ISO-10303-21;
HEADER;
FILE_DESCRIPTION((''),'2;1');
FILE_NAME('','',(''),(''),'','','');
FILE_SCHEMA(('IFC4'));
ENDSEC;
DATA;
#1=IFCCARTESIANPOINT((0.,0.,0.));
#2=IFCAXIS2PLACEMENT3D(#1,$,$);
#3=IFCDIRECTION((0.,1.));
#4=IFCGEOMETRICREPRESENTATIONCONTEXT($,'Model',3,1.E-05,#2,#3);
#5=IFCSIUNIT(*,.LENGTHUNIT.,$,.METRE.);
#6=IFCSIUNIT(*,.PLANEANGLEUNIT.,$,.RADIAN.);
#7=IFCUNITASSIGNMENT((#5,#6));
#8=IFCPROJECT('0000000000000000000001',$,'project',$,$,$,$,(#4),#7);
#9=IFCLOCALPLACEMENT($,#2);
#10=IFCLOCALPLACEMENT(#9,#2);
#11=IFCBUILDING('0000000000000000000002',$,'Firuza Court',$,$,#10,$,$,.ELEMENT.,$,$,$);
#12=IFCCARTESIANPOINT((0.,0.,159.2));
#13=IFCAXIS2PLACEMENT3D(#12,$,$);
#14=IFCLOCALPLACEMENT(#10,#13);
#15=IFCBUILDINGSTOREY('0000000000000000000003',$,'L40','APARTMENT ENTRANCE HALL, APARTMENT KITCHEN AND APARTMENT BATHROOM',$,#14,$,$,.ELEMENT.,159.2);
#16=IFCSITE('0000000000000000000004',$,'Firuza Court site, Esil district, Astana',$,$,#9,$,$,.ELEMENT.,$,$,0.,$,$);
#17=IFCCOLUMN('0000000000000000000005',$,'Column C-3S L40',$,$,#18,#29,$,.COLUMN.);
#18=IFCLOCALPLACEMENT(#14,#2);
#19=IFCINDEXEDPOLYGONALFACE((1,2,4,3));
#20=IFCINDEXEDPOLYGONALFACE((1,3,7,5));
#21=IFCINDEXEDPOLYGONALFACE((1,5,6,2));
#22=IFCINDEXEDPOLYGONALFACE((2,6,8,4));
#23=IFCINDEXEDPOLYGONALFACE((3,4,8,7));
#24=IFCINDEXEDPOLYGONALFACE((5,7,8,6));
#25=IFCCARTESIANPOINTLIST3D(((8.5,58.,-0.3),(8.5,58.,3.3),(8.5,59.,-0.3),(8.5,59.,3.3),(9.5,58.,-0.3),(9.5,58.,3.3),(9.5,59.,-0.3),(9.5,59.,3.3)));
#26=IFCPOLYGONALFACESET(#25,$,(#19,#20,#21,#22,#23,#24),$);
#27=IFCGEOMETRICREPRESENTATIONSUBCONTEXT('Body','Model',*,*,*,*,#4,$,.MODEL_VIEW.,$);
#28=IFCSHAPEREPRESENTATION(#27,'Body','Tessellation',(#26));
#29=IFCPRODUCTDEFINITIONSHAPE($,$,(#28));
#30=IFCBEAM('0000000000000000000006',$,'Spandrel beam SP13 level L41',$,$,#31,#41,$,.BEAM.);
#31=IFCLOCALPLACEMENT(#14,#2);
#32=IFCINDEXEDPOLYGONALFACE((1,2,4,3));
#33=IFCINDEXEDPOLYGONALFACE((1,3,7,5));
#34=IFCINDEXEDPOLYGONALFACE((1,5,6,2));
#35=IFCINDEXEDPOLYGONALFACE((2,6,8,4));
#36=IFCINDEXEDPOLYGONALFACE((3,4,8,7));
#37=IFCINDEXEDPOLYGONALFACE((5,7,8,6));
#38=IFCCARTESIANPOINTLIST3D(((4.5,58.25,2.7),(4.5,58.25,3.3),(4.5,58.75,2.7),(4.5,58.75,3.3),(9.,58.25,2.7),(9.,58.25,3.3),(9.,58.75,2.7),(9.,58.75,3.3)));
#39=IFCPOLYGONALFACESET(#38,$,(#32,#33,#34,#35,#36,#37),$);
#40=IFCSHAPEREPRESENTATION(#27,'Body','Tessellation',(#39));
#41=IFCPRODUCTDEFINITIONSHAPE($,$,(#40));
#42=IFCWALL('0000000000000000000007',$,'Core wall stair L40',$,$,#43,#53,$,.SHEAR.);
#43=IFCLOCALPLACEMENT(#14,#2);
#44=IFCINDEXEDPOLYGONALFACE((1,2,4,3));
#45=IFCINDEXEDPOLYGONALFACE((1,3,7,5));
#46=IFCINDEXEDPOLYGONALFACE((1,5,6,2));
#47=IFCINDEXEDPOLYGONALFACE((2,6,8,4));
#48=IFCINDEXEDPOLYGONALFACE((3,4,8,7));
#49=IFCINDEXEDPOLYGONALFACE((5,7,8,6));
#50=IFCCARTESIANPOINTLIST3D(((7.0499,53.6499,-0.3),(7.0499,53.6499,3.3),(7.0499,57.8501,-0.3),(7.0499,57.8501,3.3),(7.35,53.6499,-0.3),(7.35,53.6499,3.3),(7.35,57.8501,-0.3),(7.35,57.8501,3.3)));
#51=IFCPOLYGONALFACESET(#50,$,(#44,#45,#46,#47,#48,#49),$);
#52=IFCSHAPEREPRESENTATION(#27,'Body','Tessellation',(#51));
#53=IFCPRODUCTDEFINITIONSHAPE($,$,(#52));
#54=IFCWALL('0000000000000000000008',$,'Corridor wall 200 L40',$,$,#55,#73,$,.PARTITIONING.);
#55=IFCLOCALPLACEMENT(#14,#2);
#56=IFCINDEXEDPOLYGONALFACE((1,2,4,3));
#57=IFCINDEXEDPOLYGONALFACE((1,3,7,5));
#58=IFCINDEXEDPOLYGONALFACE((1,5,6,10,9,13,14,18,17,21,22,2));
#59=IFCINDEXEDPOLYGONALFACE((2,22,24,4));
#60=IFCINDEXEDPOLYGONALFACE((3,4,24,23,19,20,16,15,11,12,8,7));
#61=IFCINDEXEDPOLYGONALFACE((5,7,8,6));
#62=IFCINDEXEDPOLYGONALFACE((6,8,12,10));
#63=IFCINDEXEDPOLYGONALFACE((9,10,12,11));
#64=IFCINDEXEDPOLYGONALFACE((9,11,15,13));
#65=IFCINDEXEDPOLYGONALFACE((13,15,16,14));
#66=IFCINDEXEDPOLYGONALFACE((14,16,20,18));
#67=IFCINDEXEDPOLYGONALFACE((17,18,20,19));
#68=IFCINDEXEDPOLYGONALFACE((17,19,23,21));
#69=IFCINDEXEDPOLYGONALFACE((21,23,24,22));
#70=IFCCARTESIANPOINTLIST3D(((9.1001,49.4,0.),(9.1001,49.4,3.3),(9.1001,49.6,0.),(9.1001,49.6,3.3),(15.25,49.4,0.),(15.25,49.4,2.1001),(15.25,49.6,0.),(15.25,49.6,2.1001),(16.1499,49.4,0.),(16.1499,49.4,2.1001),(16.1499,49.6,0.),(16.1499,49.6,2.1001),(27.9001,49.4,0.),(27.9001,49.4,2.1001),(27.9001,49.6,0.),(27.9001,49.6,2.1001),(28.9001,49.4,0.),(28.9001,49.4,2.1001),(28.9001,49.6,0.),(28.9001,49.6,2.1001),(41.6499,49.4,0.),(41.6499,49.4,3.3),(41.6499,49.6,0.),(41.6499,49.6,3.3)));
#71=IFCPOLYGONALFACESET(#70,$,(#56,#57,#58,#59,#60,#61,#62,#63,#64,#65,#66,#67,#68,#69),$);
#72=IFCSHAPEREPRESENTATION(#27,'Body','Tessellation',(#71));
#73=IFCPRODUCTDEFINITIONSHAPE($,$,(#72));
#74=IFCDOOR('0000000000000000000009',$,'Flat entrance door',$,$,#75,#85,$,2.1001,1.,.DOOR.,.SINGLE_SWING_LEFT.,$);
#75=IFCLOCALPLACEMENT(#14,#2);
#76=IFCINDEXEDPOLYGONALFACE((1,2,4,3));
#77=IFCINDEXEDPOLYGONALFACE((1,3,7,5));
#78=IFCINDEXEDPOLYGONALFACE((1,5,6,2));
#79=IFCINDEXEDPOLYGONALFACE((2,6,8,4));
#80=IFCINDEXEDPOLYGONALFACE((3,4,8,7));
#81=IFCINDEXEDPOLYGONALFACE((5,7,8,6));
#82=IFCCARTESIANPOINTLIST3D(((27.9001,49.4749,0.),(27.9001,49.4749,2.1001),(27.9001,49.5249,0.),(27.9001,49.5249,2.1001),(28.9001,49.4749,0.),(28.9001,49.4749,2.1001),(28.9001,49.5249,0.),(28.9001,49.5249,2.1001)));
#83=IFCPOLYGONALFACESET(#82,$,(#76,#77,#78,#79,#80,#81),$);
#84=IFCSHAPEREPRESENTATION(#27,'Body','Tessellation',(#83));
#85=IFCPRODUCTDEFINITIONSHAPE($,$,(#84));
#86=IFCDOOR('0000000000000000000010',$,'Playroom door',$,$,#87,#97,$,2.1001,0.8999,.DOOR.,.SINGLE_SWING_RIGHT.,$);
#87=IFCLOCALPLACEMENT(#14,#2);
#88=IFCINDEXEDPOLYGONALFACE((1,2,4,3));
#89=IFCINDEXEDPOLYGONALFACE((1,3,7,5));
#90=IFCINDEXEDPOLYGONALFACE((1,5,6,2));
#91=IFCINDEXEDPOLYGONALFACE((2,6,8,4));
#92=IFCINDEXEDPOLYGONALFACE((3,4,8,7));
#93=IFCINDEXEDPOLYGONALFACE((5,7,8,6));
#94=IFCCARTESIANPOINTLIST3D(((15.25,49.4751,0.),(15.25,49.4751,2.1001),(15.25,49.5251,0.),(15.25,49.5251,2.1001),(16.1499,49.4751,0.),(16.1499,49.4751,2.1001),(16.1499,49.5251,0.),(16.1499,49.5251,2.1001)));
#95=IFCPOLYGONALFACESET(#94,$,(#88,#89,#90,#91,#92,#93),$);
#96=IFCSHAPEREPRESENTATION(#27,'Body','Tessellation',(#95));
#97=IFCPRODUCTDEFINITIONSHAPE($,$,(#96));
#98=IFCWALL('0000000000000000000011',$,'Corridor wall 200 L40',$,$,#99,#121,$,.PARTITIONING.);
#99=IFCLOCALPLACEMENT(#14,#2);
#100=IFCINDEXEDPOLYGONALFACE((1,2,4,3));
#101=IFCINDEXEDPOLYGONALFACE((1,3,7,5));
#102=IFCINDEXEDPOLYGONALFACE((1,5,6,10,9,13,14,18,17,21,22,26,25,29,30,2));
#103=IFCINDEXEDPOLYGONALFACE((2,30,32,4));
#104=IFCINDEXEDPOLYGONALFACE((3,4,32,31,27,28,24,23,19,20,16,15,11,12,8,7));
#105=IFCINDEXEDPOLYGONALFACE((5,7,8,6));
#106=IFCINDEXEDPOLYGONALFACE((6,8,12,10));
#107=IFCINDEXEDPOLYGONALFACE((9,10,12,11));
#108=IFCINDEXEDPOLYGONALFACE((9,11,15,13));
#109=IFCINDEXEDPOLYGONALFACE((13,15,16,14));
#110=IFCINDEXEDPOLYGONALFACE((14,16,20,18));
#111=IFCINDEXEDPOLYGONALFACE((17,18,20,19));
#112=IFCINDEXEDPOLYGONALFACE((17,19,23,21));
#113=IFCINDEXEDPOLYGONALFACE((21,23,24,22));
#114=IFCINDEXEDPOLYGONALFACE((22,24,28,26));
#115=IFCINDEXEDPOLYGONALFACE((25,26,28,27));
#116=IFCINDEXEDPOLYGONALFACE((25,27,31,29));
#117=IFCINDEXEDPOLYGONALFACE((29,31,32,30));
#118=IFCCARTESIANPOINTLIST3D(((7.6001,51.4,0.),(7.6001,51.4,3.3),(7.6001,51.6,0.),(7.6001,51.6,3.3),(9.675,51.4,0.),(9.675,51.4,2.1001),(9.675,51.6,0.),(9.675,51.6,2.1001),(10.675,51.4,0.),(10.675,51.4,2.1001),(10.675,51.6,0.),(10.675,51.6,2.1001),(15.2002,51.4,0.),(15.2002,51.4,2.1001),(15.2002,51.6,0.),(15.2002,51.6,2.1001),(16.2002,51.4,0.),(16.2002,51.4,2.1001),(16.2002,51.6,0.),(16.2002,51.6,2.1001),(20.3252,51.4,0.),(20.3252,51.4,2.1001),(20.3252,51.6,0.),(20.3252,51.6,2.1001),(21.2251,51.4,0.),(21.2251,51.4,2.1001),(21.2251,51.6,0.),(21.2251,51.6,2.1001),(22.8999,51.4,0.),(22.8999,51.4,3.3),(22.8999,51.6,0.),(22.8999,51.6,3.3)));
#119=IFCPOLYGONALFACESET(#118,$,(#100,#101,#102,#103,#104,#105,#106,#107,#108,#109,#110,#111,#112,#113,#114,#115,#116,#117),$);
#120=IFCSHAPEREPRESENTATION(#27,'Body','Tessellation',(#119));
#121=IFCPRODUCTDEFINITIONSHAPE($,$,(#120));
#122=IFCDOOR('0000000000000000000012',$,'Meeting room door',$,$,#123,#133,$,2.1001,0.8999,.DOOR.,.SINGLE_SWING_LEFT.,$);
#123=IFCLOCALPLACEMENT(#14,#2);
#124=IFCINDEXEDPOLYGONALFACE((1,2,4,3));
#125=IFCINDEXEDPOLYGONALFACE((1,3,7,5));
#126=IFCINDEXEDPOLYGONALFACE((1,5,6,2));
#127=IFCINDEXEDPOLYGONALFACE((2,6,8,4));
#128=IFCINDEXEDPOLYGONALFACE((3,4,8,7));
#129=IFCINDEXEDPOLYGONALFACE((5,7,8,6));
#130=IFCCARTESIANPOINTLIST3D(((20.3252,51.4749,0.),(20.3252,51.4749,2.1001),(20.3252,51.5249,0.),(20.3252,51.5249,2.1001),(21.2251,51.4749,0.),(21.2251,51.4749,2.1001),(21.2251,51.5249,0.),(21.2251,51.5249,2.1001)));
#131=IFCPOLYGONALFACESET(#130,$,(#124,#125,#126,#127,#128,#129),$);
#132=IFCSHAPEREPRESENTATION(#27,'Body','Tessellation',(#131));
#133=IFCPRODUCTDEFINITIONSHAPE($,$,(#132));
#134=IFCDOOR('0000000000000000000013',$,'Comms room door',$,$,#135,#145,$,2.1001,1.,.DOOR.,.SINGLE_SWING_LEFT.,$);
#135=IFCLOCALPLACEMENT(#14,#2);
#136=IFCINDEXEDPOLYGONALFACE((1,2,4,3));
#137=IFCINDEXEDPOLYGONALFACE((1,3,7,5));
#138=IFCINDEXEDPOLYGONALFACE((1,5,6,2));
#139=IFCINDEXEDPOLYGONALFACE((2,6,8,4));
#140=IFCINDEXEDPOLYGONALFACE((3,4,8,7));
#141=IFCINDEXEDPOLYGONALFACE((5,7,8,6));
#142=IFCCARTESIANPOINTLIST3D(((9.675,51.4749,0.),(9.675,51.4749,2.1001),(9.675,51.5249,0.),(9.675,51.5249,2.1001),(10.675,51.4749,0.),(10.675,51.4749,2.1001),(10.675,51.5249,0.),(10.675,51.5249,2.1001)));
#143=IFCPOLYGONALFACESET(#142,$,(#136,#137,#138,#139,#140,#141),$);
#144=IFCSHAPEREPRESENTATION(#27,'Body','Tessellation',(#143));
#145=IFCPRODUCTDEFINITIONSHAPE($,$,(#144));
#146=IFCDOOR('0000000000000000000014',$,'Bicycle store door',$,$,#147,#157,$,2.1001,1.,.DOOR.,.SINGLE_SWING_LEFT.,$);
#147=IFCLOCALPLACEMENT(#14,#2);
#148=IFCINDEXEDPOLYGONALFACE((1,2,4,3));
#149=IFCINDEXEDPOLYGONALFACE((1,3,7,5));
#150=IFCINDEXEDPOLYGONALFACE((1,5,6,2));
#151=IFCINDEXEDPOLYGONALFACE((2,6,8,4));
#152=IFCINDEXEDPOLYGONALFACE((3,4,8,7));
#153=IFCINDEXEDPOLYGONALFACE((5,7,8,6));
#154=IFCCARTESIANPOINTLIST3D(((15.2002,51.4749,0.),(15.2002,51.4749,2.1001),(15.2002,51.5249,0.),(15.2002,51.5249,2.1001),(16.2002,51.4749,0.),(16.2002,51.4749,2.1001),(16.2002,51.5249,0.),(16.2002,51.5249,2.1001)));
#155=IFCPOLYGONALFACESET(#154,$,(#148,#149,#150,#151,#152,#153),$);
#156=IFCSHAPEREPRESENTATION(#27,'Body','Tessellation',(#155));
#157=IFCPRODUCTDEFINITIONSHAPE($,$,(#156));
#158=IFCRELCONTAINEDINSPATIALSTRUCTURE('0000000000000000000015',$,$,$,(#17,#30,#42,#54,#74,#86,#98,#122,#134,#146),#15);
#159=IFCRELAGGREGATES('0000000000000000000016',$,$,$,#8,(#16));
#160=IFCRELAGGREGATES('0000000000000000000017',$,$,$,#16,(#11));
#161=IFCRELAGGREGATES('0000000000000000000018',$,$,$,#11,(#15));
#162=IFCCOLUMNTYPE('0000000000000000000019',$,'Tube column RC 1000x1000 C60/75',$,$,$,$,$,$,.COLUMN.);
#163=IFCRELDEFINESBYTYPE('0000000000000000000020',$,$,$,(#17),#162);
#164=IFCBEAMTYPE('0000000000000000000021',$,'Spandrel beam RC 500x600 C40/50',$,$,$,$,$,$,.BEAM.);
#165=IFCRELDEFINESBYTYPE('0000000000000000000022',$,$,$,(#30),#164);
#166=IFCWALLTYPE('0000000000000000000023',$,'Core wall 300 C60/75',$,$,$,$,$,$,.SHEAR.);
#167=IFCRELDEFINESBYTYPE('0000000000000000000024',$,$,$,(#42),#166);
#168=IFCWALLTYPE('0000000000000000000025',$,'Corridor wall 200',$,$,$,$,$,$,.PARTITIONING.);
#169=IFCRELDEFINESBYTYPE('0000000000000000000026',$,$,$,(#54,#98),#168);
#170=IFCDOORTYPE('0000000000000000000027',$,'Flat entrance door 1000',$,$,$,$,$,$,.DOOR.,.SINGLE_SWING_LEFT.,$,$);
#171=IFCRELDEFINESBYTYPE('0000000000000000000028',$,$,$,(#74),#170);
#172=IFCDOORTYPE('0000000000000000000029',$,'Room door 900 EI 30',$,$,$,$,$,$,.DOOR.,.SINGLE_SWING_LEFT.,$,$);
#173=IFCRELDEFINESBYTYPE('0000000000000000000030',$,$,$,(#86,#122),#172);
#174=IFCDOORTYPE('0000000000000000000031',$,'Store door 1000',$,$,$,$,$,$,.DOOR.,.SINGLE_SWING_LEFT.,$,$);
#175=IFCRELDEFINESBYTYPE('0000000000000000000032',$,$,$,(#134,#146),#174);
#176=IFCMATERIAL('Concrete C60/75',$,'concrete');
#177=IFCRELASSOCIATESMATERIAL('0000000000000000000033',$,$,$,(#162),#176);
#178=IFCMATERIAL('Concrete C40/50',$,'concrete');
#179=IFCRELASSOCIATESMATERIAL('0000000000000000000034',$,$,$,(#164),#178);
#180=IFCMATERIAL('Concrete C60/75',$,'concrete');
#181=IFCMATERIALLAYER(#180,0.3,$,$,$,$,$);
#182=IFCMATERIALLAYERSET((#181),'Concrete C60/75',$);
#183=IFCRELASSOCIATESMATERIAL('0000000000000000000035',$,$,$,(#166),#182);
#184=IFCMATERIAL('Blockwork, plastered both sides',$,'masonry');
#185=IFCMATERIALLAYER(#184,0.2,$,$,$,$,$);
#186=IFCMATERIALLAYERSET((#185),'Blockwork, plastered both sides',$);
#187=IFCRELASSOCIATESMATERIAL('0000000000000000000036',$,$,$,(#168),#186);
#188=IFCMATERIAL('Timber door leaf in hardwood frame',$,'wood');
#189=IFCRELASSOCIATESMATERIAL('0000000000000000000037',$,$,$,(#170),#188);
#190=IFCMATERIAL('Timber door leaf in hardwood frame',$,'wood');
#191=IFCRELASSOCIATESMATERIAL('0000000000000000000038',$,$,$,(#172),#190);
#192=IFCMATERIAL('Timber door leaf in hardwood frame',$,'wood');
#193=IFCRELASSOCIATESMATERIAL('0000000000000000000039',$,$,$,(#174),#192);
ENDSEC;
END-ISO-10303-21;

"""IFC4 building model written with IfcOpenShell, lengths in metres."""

from ifc_helpers import new_model, si_unit, direction, frame, frame_2d, origin, origin_2d, place, context, subcontext, project, spatial, rectangle, extrude, material, layer, layer_set, material_profile, profile_set, type_object, element, fill, save


model = new_model("IFC4")

# Units and contexts
model_context = context("Model", 3, precision=1e-05, world=origin(), true_north=direction((0.0, 1.0)))
body_context = subcontext(model_context, "Body", "Model", "MODEL_VIEW")
ifc_project = project(units=[si_unit("LENGTHUNIT", "METRE"), si_unit("PLANEANGLEUNIT", "RADIAN")], contexts=[model_context])

# Site, building, storey
site_placement = place(None, origin())
site = spatial("IfcSite", under=ifc_project, at=site_placement, Name="Firuza Court site, Esil district, Astana", CompositionType="ELEMENT", RefElevation=0.0)
building_placement = place(site_placement, origin())
building = spatial("IfcBuilding", under=site, at=building_placement, Name="Firuza Court", CompositionType="ELEMENT")
storey_placement = place(building_placement, frame((0.0, 0.0, 159.2)))
storey = spatial("IfcBuildingStorey", under=building, at=storey_placement, Name="L40", Description="APARTMENT ENTRANCE HALL, APARTMENT KITCHEN AND APARTMENT BATHROOM", CompositionType="ELEMENT", Elevation=159.2)

# Column
ifc_material_1 = material(Name="Concrete C60/75", Category="concrete")
ifc_material_profile_1 = material_profile(ifc_material_1, rectangle(XDim=1.0, YDim=1.0, at=origin_2d()), Name="RC 1000x1000")
ifc_profile_set_1 = profile_set([ifc_material_profile_1], Name="Concrete C60/75")
column_type = type_object("IfcColumnType", Name="Tube column RC 1000x1000 C60/75", PredefinedType="COLUMN", material=ifc_profile_set_1)
column_placement = place(storey_placement, frame((9.0, 58.5, -0.3), z_axis=(0.0, 0.0, 1.0), x_axis=(1.0, 0.0, 0.0)))
element("IfcColumn", 1, at=column_placement, inside=storey, type_object=column_type, Name="Column C-3S L40", PredefinedType="COLUMN", context=body_context, shape_type="SweptSolid", body=[
    extrude(rectangle(XDim=1.0, YDim=1.0, at=origin_2d()), origin(), (0.0, 0.0, 1.0), 3.6001),
])

# Beam
ifc_material_2 = material(Name="Concrete C40/50", Category="concrete")
ifc_material_profile_2 = material_profile(ifc_material_2, rectangle(XDim=0.5, YDim=0.6001, at=origin_2d()), Name="RC 500x600")
ifc_profile_set_2 = profile_set([ifc_material_profile_2], Name="Concrete C40/50")
beam_type = type_object("IfcBeamType", Name="Spandrel beam RC 500x600 C40/50", PredefinedType="BEAM", material=ifc_profile_set_2)
beam_placement = place(storey_placement, frame((9.0, 58.5, 3.0), z_axis=(-1.0, 0.0, 0.0), x_axis=(0.0, -1.0, 0.0)))
element("IfcBeam", 2, at=beam_placement, inside=storey, type_object=beam_type, Name="Spandrel beam SP13 level L41", PredefinedType="BEAM", context=body_context, shape_type="SweptSolid", body=[
    extrude(rectangle(XDim=0.5, YDim=0.6001, at=origin_2d()), origin(), (0.0, 0.0, 1.0), 4.5),
])

# Wall
ifc_material_3 = material(Name="Concrete C60/75", Category="concrete")
ifc_layer_1 = layer(ifc_material_3, 0.3)
ifc_layer_set_1 = layer_set([ifc_layer_1], Name="Concrete C60/75")
wall_type_1 = type_object("IfcWallType", Name="Core wall 300 C60/75", PredefinedType="SHEAR", material=ifc_layer_set_1)
wall_1_placement = place(storey_placement, frame((7.2, 53.6499, -0.3), z_axis=(0.0, 0.0, 1.0), x_axis=(0.0, 1.0, 0.0)))
element("IfcWall", 3, at=wall_1_placement, inside=storey, type_object=wall_type_1, Name="Core wall stair L40", PredefinedType="SHEAR", context=body_context, shape_type="SweptSolid", body=[
    extrude(rectangle(XDim=4.2002, YDim=0.3, at=frame_2d((2.1001, 0.0))), origin(), (0.0, 0.0, 1.0), 3.6001),
])

# Walls, openings, doors
ifc_material_4 = material(Name="Blockwork, plastered both sides", Category="masonry")
ifc_layer_2 = layer(ifc_material_4, 0.2)
ifc_layer_set_2 = layer_set([ifc_layer_2], Name="Blockwork, plastered both sides")
wall_type_2 = type_object("IfcWallType", Name="Corridor wall 200", PredefinedType="PARTITIONING", material=ifc_layer_set_2)
wall_2_placement = place(storey_placement, frame((9.1001, 49.5, 0.0), z_axis=(0.0, 0.0, 1.0), x_axis=(1.0, 0.0, 0.0)))
wall_2 = element("IfcWall", 4, at=wall_2_placement, inside=storey, type_object=wall_type_2, Name="Corridor wall 200 L40", PredefinedType="PARTITIONING", context=body_context, shape_type="SweptSolid", body=[
    extrude(rectangle(XDim=32.5498, YDim=0.2, at=frame_2d((16.2749, 0.0))), origin(), (0.0, 0.0, 1.0), 3.3),
])
opening_1_placement = place(wall_2_placement, frame((18.8, 0.0, 0.0)))
opening_1 = element("IfcOpeningElement", 5, at=opening_1_placement, cuts=wall_2, PredefinedType="OPENING", context=body_context, shape_type="SweptSolid", body=[
    extrude(rectangle(XDim=1.0, YDim=2.1001, at=frame_2d((0.5, 1.05))), frame((0.0, 0.1118, 0.0), z_axis=(0.0, -1.0, 0.0), x_axis=(1.0, 0.0, 0.0)), (0.0, 0.0, 1.0), 0.2239),
])
opening_2_placement = place(wall_2_placement, frame((6.1499, 0.0, 0.0)))
opening_2 = element("IfcOpeningElement", 6, at=opening_2_placement, cuts=wall_2, PredefinedType="OPENING", context=body_context, shape_type="SweptSolid", body=[
    extrude(rectangle(XDim=0.8999, YDim=2.1001, at=frame_2d((0.45, 1.05))), frame((0.0, 0.1118, 0.0), z_axis=(0.0, -1.0, 0.0), x_axis=(1.0, 0.0, 0.0)), (0.0, 0.0, 1.0), 0.2239),
])
ifc_material_5 = material(Name="Timber door leaf in hardwood frame", Category="wood")
door_type_1 = type_object("IfcDoorType", Name="Flat entrance door 1000", OperationType="SINGLE_SWING_LEFT", PredefinedType="DOOR", material=ifc_material_5)
door_1_placement = place(opening_1_placement, origin())
door_1 = element("IfcDoor", 7, at=door_1_placement, inside=storey, type_object=door_type_1, Name="Flat entrance door", OperationType="SINGLE_SWING_LEFT", OverallHeight=2.1001, OverallWidth=1.0, PredefinedType="DOOR", context=body_context, shape_type="SweptSolid", body=[
    extrude(rectangle(XDim=1.0, YDim=2.1001, at=frame_2d((0.5, 1.05))), frame((0.0, 0.0249, 0.0), z_axis=(0.0, -1.0, 0.0), x_axis=(1.0, 0.0, 0.0)), (0.0, 0.0, 1.0), 0.05),
])
fill(opening_1, door_1)
ifc_material_6 = material(Name="Timber door leaf in hardwood frame", Category="wood")
door_type_2 = type_object("IfcDoorType", Name="Room door 900 EI 30", OperationType="SINGLE_SWING_LEFT", PredefinedType="DOOR", material=ifc_material_6)
door_2_placement = place(opening_2_placement, frame((0.8999, 0.0, 0.0), z_axis=(0.0, 0.0, 1.0), x_axis=(-1.0, 0.0, 0.0)))
door_2 = element("IfcDoor", 8, at=door_2_placement, inside=storey, type_object=door_type_2, Name="Playroom door", OperationType="SINGLE_SWING_RIGHT", OverallHeight=2.1001, OverallWidth=0.8999, PredefinedType="DOOR", context=body_context, shape_type="SweptSolid", body=[
    extrude(rectangle(XDim=0.8999, YDim=2.1001, at=frame_2d((0.45, 1.05))), frame((0.0, 0.0249, 0.0), z_axis=(0.0, -1.0, 0.0), x_axis=(1.0, 0.0, 0.0)), (0.0, 0.0, 1.0), 0.05),
])
fill(opening_2, door_2)
wall_3_placement = place(storey_placement, frame((7.6001, 51.5, 0.0), z_axis=(0.0, 0.0, 1.0), x_axis=(1.0, 0.0, 0.0)))
wall_3 = element("IfcWall", 9, at=wall_3_placement, inside=storey, type_object=wall_type_2, Name="Corridor wall 200 L40", PredefinedType="PARTITIONING", context=body_context, shape_type="SweptSolid", body=[
    extrude(rectangle(XDim=15.2998, YDim=0.2, at=frame_2d((7.6499, 0.0))), origin(), (0.0, 0.0, 1.0), 3.3),
])
opening_3_placement = place(wall_3_placement, frame((2.075, 0.0, 0.0)))
opening_3 = element("IfcOpeningElement", 10, at=opening_3_placement, cuts=wall_3, PredefinedType="OPENING", context=body_context, shape_type="SweptSolid", body=[
    extrude(rectangle(XDim=1.0, YDim=2.1001, at=frame_2d((0.5, 1.05))), frame((0.0, 0.1118, 0.0), z_axis=(0.0, -1.0, 0.0), x_axis=(1.0, 0.0, 0.0)), (0.0, 0.0, 1.0), 0.2239),
])
opening_4_placement = place(wall_3_placement, frame((7.6001, 0.0, 0.0)))
opening_4 = element("IfcOpeningElement", 11, at=opening_4_placement, cuts=wall_3, PredefinedType="OPENING", context=body_context, shape_type="SweptSolid", body=[
    extrude(rectangle(XDim=1.0, YDim=2.1001, at=frame_2d((0.5, 1.05))), frame((0.0, 0.1118, 0.0), z_axis=(0.0, -1.0, 0.0), x_axis=(1.0, 0.0, 0.0)), (0.0, 0.0, 1.0), 0.2239),
])
opening_5_placement = place(wall_3_placement, frame((12.7251, 0.0, 0.0)))
opening_5 = element("IfcOpeningElement", 12, at=opening_5_placement, cuts=wall_3, PredefinedType="OPENING", context=body_context, shape_type="SweptSolid", body=[
    extrude(rectangle(XDim=0.8999, YDim=2.1001, at=frame_2d((0.45, 1.05))), frame((0.0, 0.1118, 0.0), z_axis=(0.0, -1.0, 0.0), x_axis=(1.0, 0.0, 0.0)), (0.0, 0.0, 1.0), 0.2239),
])
door_3_placement = place(opening_5_placement, origin())
door_3 = element("IfcDoor", 13, at=door_3_placement, inside=storey, type_object=door_type_2, Name="Meeting room door", OperationType="SINGLE_SWING_LEFT", OverallHeight=2.1001, OverallWidth=0.8999, PredefinedType="DOOR", context=body_context, shape_type="SweptSolid", body=[
    extrude(rectangle(XDim=0.8999, YDim=2.1001, at=frame_2d((0.45, 1.05))), frame((0.0, 0.0249, 0.0), z_axis=(0.0, -1.0, 0.0), x_axis=(1.0, 0.0, 0.0)), (0.0, 0.0, 1.0), 0.05),
])
fill(opening_5, door_3)
ifc_material_7 = material(Name="Timber door leaf in hardwood frame", Category="wood")
door_type_3 = type_object("IfcDoorType", Name="Store door 1000", OperationType="SINGLE_SWING_LEFT", PredefinedType="DOOR", material=ifc_material_7)
door_4_placement = place(opening_3_placement, origin())
door_4 = element("IfcDoor", 14, at=door_4_placement, inside=storey, type_object=door_type_3, Name="Comms room door", OperationType="SINGLE_SWING_LEFT", OverallHeight=2.1001, OverallWidth=1.0, PredefinedType="DOOR", context=body_context, shape_type="SweptSolid", body=[
    extrude(rectangle(XDim=1.0, YDim=2.1001, at=frame_2d((0.5, 1.05))), frame((0.0, 0.0249, 0.0), z_axis=(0.0, -1.0, 0.0), x_axis=(1.0, 0.0, 0.0)), (0.0, 0.0, 1.0), 0.05),
])
fill(opening_3, door_4)
door_5_placement = place(opening_4_placement, origin())
door_5 = element("IfcDoor", 15, at=door_5_placement, inside=storey, type_object=door_type_3, Name="Bicycle store door", OperationType="SINGLE_SWING_LEFT", OverallHeight=2.1001, OverallWidth=1.0, PredefinedType="DOOR", context=body_context, shape_type="SweptSolid", body=[
    extrude(rectangle(XDim=1.0, YDim=2.1001, at=frame_2d((0.5, 1.05))), frame((0.0, 0.0249, 0.0), z_axis=(0.0, -1.0, 0.0), x_axis=(1.0, 0.0, 0.0)), (0.0, 0.0, 1.0), 0.05),
])
fill(opening_4, door_5)

save(model, "model.ifc")
